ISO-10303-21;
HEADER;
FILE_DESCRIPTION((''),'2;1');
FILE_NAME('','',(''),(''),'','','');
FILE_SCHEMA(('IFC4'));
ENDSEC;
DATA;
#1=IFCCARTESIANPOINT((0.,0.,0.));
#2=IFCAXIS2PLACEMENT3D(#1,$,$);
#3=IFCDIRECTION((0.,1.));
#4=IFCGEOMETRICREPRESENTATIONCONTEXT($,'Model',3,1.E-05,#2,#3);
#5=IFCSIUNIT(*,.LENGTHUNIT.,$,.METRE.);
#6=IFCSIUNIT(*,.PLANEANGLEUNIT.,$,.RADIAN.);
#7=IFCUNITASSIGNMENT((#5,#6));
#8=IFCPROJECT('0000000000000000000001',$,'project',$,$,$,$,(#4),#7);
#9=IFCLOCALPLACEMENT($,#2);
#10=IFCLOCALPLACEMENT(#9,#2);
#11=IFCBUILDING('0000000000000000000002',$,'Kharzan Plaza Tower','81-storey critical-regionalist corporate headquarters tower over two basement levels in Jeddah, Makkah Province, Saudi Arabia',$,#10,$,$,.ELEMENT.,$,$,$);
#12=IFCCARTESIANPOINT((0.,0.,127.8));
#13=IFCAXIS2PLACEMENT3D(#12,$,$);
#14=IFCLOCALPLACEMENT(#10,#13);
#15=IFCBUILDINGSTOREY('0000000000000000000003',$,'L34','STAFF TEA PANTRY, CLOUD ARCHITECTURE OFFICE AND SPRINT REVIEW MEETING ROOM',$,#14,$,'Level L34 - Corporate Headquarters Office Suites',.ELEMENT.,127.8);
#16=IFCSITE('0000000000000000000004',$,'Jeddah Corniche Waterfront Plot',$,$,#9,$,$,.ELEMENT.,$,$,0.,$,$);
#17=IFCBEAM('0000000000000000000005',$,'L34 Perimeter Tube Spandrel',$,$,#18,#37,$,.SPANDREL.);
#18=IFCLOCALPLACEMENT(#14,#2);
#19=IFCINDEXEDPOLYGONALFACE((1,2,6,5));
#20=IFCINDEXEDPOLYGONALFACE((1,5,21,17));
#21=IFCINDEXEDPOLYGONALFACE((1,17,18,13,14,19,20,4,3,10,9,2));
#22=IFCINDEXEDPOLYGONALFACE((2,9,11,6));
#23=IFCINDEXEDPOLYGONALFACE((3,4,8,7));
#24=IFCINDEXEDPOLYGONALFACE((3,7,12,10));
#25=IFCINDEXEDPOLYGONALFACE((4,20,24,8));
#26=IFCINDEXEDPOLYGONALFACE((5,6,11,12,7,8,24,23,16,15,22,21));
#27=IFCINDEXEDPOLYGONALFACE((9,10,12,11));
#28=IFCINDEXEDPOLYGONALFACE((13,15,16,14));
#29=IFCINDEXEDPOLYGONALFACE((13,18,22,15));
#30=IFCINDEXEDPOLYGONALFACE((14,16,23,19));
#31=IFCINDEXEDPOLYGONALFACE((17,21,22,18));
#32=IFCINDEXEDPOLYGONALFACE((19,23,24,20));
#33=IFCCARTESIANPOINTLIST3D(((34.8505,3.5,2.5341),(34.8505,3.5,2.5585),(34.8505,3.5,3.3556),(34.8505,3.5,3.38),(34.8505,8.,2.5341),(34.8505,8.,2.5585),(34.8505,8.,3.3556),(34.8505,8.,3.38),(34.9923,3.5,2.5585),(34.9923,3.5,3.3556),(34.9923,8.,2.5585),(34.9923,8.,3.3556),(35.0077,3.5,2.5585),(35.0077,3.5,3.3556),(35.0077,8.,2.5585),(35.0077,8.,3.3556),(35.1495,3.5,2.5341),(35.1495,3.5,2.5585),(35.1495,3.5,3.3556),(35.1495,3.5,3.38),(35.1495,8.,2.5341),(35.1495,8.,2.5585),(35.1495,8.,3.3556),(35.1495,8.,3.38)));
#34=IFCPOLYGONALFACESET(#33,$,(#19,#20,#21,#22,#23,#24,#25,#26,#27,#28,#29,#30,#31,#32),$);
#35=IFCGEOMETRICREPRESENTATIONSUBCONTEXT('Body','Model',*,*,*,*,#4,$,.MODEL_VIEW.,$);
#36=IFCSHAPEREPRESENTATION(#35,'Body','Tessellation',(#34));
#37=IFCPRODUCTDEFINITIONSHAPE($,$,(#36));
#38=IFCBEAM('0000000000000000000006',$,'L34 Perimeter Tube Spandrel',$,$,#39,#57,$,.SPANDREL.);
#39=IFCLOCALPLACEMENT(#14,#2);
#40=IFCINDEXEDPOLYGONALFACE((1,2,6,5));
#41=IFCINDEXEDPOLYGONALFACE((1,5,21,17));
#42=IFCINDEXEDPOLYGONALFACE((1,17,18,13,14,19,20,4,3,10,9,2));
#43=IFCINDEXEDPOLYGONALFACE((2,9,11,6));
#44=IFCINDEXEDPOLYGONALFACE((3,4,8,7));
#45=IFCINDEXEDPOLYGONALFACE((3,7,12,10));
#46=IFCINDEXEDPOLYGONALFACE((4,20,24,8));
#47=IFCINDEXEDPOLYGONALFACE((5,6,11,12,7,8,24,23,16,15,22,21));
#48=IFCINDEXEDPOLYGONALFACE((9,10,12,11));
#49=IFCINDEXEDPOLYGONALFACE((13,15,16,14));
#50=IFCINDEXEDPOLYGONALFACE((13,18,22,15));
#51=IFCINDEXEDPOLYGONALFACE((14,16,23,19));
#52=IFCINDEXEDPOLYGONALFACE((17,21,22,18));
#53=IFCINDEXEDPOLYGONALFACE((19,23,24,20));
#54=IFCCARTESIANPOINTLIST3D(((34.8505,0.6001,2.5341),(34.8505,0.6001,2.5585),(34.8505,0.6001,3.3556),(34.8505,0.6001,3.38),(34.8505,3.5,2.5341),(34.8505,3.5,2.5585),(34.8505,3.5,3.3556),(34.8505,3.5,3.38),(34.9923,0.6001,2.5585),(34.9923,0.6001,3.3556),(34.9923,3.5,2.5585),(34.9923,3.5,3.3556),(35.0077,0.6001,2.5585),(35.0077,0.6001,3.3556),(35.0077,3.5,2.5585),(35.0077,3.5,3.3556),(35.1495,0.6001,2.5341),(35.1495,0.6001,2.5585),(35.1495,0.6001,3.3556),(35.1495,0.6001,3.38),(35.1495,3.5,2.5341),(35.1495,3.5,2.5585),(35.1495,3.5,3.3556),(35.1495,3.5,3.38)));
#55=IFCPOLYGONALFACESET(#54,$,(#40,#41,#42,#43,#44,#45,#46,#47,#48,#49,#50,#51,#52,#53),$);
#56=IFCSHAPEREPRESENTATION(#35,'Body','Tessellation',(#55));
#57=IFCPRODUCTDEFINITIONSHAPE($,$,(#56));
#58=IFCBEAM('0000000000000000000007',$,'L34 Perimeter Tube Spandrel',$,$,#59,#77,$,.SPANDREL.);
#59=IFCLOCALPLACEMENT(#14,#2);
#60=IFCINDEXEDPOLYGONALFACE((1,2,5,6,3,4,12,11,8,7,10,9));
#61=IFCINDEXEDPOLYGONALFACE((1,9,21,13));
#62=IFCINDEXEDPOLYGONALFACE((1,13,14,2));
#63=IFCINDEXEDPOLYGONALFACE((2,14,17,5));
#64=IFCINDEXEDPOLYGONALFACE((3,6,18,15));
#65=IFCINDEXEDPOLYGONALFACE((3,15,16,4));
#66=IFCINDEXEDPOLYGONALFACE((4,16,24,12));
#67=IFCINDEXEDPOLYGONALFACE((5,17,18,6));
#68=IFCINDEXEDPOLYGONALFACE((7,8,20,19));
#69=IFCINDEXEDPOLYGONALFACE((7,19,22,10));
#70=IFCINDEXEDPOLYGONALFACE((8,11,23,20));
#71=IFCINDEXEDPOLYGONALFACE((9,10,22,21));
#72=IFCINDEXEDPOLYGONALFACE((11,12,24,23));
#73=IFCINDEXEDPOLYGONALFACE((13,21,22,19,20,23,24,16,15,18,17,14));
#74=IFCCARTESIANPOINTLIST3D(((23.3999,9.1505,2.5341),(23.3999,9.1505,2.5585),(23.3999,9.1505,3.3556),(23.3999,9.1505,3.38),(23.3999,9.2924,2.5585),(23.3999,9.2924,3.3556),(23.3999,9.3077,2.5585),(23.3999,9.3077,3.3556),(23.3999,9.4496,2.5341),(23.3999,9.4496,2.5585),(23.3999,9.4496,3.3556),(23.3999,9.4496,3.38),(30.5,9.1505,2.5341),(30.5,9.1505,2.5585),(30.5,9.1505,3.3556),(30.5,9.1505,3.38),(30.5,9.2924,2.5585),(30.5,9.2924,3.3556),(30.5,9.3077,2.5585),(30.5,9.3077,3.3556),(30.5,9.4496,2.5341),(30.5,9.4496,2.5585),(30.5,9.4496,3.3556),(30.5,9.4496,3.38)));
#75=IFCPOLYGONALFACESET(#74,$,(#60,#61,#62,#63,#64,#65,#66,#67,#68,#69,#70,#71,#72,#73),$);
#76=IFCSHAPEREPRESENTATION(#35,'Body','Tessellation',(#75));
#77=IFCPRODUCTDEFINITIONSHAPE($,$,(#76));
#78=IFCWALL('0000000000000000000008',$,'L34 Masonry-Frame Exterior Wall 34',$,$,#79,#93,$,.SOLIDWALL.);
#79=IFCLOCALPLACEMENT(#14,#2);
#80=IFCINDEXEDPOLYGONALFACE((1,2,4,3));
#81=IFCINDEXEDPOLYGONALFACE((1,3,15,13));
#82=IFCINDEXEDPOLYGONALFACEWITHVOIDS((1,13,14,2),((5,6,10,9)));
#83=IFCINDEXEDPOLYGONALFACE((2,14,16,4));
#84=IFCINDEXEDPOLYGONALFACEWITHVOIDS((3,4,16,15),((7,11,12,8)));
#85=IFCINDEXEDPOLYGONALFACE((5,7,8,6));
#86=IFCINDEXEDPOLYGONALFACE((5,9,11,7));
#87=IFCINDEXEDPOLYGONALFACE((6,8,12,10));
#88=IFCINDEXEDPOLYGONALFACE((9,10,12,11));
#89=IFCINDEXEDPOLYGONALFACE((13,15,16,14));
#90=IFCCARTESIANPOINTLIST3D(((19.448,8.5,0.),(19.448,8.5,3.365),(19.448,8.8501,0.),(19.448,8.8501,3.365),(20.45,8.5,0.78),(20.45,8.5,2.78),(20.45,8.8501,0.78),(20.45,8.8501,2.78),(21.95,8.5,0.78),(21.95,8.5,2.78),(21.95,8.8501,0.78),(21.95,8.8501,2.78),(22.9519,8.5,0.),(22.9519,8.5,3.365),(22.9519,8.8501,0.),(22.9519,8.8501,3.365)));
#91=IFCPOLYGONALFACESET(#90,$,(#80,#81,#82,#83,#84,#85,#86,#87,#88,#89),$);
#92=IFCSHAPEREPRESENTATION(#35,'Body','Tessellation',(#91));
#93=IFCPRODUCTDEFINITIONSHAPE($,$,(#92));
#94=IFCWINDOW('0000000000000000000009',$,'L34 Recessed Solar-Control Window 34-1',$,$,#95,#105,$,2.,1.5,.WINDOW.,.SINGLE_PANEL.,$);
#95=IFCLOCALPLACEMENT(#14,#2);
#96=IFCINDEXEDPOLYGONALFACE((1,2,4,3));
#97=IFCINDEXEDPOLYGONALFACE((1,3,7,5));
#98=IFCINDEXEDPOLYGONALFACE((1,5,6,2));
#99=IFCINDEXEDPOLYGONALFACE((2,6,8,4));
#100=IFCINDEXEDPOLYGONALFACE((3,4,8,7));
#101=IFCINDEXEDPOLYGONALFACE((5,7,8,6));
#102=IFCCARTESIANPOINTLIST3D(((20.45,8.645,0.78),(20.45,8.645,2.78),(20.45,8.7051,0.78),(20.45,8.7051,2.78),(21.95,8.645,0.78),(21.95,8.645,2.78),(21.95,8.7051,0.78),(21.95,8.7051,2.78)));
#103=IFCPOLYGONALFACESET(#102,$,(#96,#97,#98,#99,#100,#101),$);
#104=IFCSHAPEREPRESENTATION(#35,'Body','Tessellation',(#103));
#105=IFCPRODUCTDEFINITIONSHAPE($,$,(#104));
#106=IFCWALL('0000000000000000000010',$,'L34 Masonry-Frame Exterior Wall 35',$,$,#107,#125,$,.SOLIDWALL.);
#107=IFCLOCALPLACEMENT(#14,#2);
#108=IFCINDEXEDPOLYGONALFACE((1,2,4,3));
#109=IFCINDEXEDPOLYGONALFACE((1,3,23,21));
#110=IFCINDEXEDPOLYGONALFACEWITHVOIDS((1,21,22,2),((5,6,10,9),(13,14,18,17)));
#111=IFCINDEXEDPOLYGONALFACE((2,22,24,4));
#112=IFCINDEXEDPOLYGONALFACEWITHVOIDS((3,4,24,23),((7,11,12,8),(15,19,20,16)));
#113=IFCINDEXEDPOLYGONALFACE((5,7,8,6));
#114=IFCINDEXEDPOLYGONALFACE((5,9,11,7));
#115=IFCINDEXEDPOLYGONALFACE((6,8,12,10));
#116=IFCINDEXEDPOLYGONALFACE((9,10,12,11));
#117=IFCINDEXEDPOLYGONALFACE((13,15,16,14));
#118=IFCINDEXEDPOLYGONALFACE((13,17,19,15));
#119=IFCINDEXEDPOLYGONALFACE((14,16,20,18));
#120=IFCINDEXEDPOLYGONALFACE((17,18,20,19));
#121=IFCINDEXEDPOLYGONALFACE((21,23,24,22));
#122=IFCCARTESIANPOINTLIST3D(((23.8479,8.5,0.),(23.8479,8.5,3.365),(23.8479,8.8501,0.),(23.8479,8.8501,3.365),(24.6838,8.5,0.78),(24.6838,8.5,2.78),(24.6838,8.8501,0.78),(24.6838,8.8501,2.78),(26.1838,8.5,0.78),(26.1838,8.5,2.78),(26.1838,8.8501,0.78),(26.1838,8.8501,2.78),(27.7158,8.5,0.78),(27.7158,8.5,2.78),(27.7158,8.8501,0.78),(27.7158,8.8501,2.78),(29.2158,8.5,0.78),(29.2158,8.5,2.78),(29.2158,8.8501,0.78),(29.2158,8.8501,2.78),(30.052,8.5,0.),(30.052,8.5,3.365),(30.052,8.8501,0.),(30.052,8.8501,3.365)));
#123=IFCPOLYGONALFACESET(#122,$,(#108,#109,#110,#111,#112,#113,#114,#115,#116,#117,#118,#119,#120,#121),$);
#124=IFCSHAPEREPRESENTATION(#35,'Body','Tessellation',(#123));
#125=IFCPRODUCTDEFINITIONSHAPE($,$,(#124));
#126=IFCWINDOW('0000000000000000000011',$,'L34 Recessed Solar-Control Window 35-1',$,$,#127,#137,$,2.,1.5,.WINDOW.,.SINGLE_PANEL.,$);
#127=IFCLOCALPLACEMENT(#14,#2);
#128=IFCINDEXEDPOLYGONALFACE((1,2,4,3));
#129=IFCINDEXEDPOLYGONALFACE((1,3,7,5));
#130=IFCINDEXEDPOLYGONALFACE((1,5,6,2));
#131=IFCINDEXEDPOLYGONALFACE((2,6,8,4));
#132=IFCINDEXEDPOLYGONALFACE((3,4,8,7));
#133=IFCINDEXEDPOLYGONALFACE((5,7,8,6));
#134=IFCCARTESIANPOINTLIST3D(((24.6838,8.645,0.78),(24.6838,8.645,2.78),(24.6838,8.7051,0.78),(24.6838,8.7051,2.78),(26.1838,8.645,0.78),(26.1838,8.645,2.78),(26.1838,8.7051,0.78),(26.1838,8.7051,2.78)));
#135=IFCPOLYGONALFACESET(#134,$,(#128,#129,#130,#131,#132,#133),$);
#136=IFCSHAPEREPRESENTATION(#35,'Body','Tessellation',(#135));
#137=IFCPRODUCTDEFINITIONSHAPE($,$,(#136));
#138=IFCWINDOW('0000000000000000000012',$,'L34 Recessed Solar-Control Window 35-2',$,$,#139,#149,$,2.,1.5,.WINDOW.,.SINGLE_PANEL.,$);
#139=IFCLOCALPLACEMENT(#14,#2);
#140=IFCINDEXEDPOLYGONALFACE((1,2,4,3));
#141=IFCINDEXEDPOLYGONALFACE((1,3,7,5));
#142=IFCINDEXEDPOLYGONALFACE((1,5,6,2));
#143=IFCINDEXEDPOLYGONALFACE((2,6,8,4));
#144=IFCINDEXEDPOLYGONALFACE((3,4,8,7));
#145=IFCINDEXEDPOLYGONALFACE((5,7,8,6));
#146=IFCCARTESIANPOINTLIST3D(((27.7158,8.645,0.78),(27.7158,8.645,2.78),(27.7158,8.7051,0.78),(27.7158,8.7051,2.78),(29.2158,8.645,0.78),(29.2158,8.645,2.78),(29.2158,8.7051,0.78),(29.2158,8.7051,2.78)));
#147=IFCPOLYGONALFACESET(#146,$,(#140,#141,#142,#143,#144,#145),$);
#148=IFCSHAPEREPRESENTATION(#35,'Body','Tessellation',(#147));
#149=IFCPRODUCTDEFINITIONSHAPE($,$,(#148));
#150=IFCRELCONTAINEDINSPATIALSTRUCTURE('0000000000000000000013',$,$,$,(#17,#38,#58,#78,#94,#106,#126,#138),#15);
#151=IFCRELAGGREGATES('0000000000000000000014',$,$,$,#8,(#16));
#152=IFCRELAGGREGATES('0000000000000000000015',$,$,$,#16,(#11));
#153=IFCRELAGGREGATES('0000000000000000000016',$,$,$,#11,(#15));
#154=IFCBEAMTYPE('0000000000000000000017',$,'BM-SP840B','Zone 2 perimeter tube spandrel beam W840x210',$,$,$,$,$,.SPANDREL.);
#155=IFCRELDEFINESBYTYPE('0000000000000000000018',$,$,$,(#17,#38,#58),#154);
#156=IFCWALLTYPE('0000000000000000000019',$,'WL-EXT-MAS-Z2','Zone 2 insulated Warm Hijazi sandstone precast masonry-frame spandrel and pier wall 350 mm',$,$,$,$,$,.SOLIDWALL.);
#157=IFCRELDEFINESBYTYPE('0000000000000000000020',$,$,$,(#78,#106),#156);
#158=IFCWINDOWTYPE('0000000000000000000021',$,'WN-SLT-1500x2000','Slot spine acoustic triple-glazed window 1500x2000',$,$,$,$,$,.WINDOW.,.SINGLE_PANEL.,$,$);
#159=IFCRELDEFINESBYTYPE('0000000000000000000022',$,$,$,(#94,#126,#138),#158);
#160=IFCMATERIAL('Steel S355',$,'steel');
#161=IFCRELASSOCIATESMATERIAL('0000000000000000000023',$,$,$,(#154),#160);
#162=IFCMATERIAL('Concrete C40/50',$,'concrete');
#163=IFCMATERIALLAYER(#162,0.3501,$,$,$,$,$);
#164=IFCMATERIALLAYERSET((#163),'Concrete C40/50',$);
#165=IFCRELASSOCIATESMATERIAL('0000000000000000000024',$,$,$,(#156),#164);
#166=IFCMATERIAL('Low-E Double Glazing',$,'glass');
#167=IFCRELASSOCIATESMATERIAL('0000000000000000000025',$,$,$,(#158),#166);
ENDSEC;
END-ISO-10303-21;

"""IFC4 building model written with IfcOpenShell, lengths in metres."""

from ifc_helpers import new_model, si_unit, direction, frame, frame_2d, origin, origin_2d, place, context, subcontext, project, spatial, rectangle, i_section, extrude, source, transform, mapped, material, layer, layer_set, material_profile, profile_set, type_object, element, fill, save


model = new_model("IFC4")

# Units and contexts
model_context = context("Model", 3, precision=1e-05, world=origin(), true_north=direction((0.0, 1.0)))
body_context = subcontext(model_context, "Body", "Model", "MODEL_VIEW")
ifc_project = project(units=[si_unit("LENGTHUNIT", "METRE"), si_unit("PLANEANGLEUNIT", "RADIAN")], contexts=[model_context])

# Site, building, storey
site_placement = place(None, origin())
site = spatial("IfcSite", under=ifc_project, at=site_placement, Name="Jeddah Corniche Waterfront Plot", CompositionType="ELEMENT", RefElevation=0.0)
building_placement = place(site_placement, origin())
building = spatial("IfcBuilding", under=site, at=building_placement, Name="Kharzan Plaza Tower", Description="81-storey critical-regionalist corporate headquarters tower over two basement levels in Jeddah, Makkah Province, Saudi Arabia", CompositionType="ELEMENT")
storey_placement = place(building_placement, frame((0.0, 0.0, 127.8)))
storey = spatial("IfcBuildingStorey", under=building, at=storey_placement, Name="L34", Description="STAFF TEA PANTRY, CLOUD ARCHITECTURE OFFICE AND SPRINT REVIEW MEETING ROOM", LongName="Level L34 - Corporate Headquarters Office Suites", CompositionType="ELEMENT", Elevation=127.8)

# Beams
ifc_material_1 = material(Name="Steel S355", Category="steel")
ifc_material_profile_1 = material_profile(ifc_material_1, i_section(OverallWidth=0.2991, OverallDepth=0.8459, WebThickness=0.0154, FlangeThickness=0.0244, at=origin_2d()), Name="W840x210")
ifc_profile_set_1 = profile_set([ifc_material_profile_1], Name="Steel S355")
beam_type_1 = type_object("IfcBeamType", Name="BM-SP840B", Description="Zone 2 perimeter tube spandrel beam W840x210", PredefinedType="SPANDREL", material=ifc_profile_set_1)
shared_shape_1 = source(origin(), body_context, "Body", "SweptSolid", [
    extrude(i_section(OverallWidth=0.2991, OverallDepth=0.8459, WebThickness=0.0154, FlangeThickness=0.0244, at=origin_2d()), origin(), (0.0, 0.0, 1.0), 4.5),
])
beam_1_placement = place(storey_placement, frame((35.0, 3.5, 2.957), z_axis=(0.0, 1.0, 0.0), x_axis=(-1.0, 0.0, 0.0)))
element("IfcBeam", 1, at=beam_1_placement, inside=storey, type_object=beam_type_1, Name="L34 Perimeter Tube Spandrel", PredefinedType="SPANDREL", context=body_context, shape_type="MappedRepresentation", body=[
    mapped(shared_shape_1, transform((0.0, 0.0, 0.0), x_axis=(1.0, 0.0, 0.0), y_axis=(0.0, 1.0, 0.0), z_axis=(0.0, 0.0, 1.0))),
])
shared_shape_2 = source(origin(), body_context, "Body", "SweptSolid", [
    extrude(i_section(OverallWidth=0.2991, OverallDepth=0.8459, WebThickness=0.0154, FlangeThickness=0.0244, at=origin_2d()), origin(), (0.0, 0.0, 1.0), 2.8999),
])
beam_2_placement = place(storey_placement, frame((35.0, 0.6001, 2.957), z_axis=(0.0, 1.0, 0.0), x_axis=(-1.0, 0.0, 0.0)))
element("IfcBeam", 2, at=beam_2_placement, inside=storey, type_object=beam_type_1, Name="L34 Perimeter Tube Spandrel", PredefinedType="SPANDREL", context=body_context, shape_type="MappedRepresentation", body=[
    mapped(shared_shape_2, transform((0.0, 0.0, 0.0), x_axis=(1.0, 0.0, 0.0), y_axis=(0.0, 1.0, 0.0), z_axis=(0.0, 0.0, 1.0))),
])
shared_shape_3 = source(origin(), body_context, "Body", "SweptSolid", [
    extrude(i_section(OverallWidth=0.2991, OverallDepth=0.8459, WebThickness=0.0154, FlangeThickness=0.0244, at=origin_2d()), origin(), (0.0, 0.0, 1.0), 7.1001),
])
beam_3_placement = place(storey_placement, frame((23.3999, 9.3, 2.957), z_axis=(1.0, 0.0, 0.0), x_axis=(0.0, 1.0, 0.0)))
element("IfcBeam", 3, at=beam_3_placement, inside=storey, type_object=beam_type_1, Name="L34 Perimeter Tube Spandrel", PredefinedType="SPANDREL", context=body_context, shape_type="MappedRepresentation", body=[
    mapped(shared_shape_3, transform((0.0, 0.0, 0.0), x_axis=(1.0, 0.0, 0.0), y_axis=(0.0, 1.0, 0.0), z_axis=(0.0, 0.0, 1.0))),
])

# Wall, opening, window
ifc_material_2 = material(Name="Concrete C40/50", Category="concrete")
ifc_layer_1 = layer(ifc_material_2, 0.3501)
ifc_layer_set_1 = layer_set([ifc_layer_1], Name="Concrete C40/50")
wall_type_1 = type_object("IfcWallType", Name="WL-EXT-MAS-Z2", Description="Zone 2 insulated Warm Hijazi sandstone precast masonry-frame spandrel and pier wall 350 mm", PredefinedType="SOLIDWALL", material=ifc_layer_set_1)
wall_1_placement = place(storey_placement, frame((19.448, 8.675, 0.0), z_axis=(0.0, 0.0, 1.0), x_axis=(1.0, 0.0, 0.0)))
wall_1 = element("IfcWall", 4, at=wall_1_placement, inside=storey, type_object=wall_type_1, Name="L34 Masonry-Frame Exterior Wall 34", PredefinedType="SOLIDWALL", context=body_context, shape_type="SweptSolid", body=[
    extrude(rectangle(XDim=3.5039, YDim=0.3501, at=frame_2d((1.752, 0.0))), origin(), (0.0, 0.0, 1.0), 3.365),
])
opening_1_placement = place(wall_1_placement, frame((1.002, 0.0, 0.78)))
opening_1 = element("IfcOpeningElement", 5, at=opening_1_placement, cuts=wall_1, PredefinedType="OPENING", context=body_context, shape_type="SweptSolid", body=[
    extrude(rectangle(XDim=1.5, YDim=2.0, at=frame_2d((0.75, 1.0))), frame((0.0, 0.1851, 0.0), z_axis=(0.0, -1.0, 0.0), x_axis=(1.0, 0.0, 0.0)), (0.0, 0.0, 1.0), 0.3701),
])
ifc_material_3 = material(Name="Low-E Double Glazing", Category="glass")
window_type = type_object("IfcWindowType", Name="WN-SLT-1500x2000", Description="Slot spine acoustic triple-glazed window 1500x2000", PartitioningType="SINGLE_PANEL", PredefinedType="WINDOW", material=ifc_material_3)
shared_shape_4 = source(origin(), body_context, "Body", "SweptSolid", [
    extrude(rectangle(XDim=1.5, YDim=2.0, at=frame_2d((0.75, 1.0))), frame((0.0, 0.03, 0.0), z_axis=(0.0, -1.0, 0.0), x_axis=(1.0, 0.0, 0.0)), (0.0, 0.0, 1.0), 0.0601),
])
window_1_placement = place(opening_1_placement, origin())
window_1 = element("IfcWindow", 6, at=window_1_placement, inside=storey, type_object=window_type, Name="L34 Recessed Solar-Control Window 34-1", OverallHeight=2.0, OverallWidth=1.5, PartitioningType="SINGLE_PANEL", PredefinedType="WINDOW", context=body_context, shape_type="MappedRepresentation", body=[
    mapped(shared_shape_4, transform((0.0, 0.0, 0.0), x_axis=(1.0, 0.0, 0.0), y_axis=(0.0, 1.0, 0.0), z_axis=(0.0, 0.0, 1.0))),
])
fill(opening_1, window_1)

# Wall, openings, windows
wall_2_placement = place(storey_placement, frame((23.8479, 8.675, 0.0), z_axis=(0.0, 0.0, 1.0), x_axis=(1.0, 0.0, 0.0)))
wall_2 = element("IfcWall", 7, at=wall_2_placement, inside=storey, type_object=wall_type_1, Name="L34 Masonry-Frame Exterior Wall 35", PredefinedType="SOLIDWALL", context=body_context, shape_type="SweptSolid", body=[
    extrude(rectangle(XDim=6.2041, YDim=0.3501, at=frame_2d((3.1021, 0.0))), origin(), (0.0, 0.0, 1.0), 3.365),
])
opening_2_placement = place(wall_2_placement, frame((0.8359, 0.0, 0.78)))
opening_2 = element("IfcOpeningElement", 8, at=opening_2_placement, cuts=wall_2, PredefinedType="OPENING", context=body_context, shape_type="SweptSolid", body=[
    extrude(rectangle(XDim=1.5, YDim=2.0, at=frame_2d((0.75, 1.0))), frame((0.0, 0.1851, 0.0), z_axis=(0.0, -1.0, 0.0), x_axis=(1.0, 0.0, 0.0)), (0.0, 0.0, 1.0), 0.3701),
])
opening_3_placement = place(wall_2_placement, frame((3.8679, 0.0, 0.78)))
opening_3 = element("IfcOpeningElement", 9, at=opening_3_placement, cuts=wall_2, PredefinedType="OPENING", context=body_context, shape_type="SweptSolid", body=[
    extrude(rectangle(XDim=1.5, YDim=2.0, at=frame_2d((0.75, 1.0))), frame((0.0, 0.1851, 0.0), z_axis=(0.0, -1.0, 0.0), x_axis=(1.0, 0.0, 0.0)), (0.0, 0.0, 1.0), 0.3701),
])
window_2_placement = place(opening_2_placement, origin())
window_2 = element("IfcWindow", 10, at=window_2_placement, inside=storey, type_object=window_type, Name="L34 Recessed Solar-Control Window 35-1", OverallHeight=2.0, OverallWidth=1.5, PartitioningType="SINGLE_PANEL", PredefinedType="WINDOW", context=body_context, shape_type="MappedRepresentation", body=[
    mapped(shared_shape_4, transform((0.0, 0.0, 0.0), x_axis=(1.0, 0.0, 0.0), y_axis=(0.0, 1.0, 0.0), z_axis=(0.0, 0.0, 1.0))),
])
fill(opening_2, window_2)
window_3_placement = place(opening_3_placement, origin())
window_3 = element("IfcWindow", 11, at=window_3_placement, inside=storey, type_object=window_type, Name="L34 Recessed Solar-Control Window 35-2", OverallHeight=2.0, OverallWidth=1.5, PartitioningType="SINGLE_PANEL", PredefinedType="WINDOW", context=body_context, shape_type="MappedRepresentation", body=[
    mapped(shared_shape_4, transform((0.0, 0.0, 0.0), x_axis=(1.0, 0.0, 0.0), y_axis=(0.0, 1.0, 0.0), z_axis=(0.0, 0.0, 1.0))),
])
fill(opening_3, window_3)

save(model, "model.ifc")
